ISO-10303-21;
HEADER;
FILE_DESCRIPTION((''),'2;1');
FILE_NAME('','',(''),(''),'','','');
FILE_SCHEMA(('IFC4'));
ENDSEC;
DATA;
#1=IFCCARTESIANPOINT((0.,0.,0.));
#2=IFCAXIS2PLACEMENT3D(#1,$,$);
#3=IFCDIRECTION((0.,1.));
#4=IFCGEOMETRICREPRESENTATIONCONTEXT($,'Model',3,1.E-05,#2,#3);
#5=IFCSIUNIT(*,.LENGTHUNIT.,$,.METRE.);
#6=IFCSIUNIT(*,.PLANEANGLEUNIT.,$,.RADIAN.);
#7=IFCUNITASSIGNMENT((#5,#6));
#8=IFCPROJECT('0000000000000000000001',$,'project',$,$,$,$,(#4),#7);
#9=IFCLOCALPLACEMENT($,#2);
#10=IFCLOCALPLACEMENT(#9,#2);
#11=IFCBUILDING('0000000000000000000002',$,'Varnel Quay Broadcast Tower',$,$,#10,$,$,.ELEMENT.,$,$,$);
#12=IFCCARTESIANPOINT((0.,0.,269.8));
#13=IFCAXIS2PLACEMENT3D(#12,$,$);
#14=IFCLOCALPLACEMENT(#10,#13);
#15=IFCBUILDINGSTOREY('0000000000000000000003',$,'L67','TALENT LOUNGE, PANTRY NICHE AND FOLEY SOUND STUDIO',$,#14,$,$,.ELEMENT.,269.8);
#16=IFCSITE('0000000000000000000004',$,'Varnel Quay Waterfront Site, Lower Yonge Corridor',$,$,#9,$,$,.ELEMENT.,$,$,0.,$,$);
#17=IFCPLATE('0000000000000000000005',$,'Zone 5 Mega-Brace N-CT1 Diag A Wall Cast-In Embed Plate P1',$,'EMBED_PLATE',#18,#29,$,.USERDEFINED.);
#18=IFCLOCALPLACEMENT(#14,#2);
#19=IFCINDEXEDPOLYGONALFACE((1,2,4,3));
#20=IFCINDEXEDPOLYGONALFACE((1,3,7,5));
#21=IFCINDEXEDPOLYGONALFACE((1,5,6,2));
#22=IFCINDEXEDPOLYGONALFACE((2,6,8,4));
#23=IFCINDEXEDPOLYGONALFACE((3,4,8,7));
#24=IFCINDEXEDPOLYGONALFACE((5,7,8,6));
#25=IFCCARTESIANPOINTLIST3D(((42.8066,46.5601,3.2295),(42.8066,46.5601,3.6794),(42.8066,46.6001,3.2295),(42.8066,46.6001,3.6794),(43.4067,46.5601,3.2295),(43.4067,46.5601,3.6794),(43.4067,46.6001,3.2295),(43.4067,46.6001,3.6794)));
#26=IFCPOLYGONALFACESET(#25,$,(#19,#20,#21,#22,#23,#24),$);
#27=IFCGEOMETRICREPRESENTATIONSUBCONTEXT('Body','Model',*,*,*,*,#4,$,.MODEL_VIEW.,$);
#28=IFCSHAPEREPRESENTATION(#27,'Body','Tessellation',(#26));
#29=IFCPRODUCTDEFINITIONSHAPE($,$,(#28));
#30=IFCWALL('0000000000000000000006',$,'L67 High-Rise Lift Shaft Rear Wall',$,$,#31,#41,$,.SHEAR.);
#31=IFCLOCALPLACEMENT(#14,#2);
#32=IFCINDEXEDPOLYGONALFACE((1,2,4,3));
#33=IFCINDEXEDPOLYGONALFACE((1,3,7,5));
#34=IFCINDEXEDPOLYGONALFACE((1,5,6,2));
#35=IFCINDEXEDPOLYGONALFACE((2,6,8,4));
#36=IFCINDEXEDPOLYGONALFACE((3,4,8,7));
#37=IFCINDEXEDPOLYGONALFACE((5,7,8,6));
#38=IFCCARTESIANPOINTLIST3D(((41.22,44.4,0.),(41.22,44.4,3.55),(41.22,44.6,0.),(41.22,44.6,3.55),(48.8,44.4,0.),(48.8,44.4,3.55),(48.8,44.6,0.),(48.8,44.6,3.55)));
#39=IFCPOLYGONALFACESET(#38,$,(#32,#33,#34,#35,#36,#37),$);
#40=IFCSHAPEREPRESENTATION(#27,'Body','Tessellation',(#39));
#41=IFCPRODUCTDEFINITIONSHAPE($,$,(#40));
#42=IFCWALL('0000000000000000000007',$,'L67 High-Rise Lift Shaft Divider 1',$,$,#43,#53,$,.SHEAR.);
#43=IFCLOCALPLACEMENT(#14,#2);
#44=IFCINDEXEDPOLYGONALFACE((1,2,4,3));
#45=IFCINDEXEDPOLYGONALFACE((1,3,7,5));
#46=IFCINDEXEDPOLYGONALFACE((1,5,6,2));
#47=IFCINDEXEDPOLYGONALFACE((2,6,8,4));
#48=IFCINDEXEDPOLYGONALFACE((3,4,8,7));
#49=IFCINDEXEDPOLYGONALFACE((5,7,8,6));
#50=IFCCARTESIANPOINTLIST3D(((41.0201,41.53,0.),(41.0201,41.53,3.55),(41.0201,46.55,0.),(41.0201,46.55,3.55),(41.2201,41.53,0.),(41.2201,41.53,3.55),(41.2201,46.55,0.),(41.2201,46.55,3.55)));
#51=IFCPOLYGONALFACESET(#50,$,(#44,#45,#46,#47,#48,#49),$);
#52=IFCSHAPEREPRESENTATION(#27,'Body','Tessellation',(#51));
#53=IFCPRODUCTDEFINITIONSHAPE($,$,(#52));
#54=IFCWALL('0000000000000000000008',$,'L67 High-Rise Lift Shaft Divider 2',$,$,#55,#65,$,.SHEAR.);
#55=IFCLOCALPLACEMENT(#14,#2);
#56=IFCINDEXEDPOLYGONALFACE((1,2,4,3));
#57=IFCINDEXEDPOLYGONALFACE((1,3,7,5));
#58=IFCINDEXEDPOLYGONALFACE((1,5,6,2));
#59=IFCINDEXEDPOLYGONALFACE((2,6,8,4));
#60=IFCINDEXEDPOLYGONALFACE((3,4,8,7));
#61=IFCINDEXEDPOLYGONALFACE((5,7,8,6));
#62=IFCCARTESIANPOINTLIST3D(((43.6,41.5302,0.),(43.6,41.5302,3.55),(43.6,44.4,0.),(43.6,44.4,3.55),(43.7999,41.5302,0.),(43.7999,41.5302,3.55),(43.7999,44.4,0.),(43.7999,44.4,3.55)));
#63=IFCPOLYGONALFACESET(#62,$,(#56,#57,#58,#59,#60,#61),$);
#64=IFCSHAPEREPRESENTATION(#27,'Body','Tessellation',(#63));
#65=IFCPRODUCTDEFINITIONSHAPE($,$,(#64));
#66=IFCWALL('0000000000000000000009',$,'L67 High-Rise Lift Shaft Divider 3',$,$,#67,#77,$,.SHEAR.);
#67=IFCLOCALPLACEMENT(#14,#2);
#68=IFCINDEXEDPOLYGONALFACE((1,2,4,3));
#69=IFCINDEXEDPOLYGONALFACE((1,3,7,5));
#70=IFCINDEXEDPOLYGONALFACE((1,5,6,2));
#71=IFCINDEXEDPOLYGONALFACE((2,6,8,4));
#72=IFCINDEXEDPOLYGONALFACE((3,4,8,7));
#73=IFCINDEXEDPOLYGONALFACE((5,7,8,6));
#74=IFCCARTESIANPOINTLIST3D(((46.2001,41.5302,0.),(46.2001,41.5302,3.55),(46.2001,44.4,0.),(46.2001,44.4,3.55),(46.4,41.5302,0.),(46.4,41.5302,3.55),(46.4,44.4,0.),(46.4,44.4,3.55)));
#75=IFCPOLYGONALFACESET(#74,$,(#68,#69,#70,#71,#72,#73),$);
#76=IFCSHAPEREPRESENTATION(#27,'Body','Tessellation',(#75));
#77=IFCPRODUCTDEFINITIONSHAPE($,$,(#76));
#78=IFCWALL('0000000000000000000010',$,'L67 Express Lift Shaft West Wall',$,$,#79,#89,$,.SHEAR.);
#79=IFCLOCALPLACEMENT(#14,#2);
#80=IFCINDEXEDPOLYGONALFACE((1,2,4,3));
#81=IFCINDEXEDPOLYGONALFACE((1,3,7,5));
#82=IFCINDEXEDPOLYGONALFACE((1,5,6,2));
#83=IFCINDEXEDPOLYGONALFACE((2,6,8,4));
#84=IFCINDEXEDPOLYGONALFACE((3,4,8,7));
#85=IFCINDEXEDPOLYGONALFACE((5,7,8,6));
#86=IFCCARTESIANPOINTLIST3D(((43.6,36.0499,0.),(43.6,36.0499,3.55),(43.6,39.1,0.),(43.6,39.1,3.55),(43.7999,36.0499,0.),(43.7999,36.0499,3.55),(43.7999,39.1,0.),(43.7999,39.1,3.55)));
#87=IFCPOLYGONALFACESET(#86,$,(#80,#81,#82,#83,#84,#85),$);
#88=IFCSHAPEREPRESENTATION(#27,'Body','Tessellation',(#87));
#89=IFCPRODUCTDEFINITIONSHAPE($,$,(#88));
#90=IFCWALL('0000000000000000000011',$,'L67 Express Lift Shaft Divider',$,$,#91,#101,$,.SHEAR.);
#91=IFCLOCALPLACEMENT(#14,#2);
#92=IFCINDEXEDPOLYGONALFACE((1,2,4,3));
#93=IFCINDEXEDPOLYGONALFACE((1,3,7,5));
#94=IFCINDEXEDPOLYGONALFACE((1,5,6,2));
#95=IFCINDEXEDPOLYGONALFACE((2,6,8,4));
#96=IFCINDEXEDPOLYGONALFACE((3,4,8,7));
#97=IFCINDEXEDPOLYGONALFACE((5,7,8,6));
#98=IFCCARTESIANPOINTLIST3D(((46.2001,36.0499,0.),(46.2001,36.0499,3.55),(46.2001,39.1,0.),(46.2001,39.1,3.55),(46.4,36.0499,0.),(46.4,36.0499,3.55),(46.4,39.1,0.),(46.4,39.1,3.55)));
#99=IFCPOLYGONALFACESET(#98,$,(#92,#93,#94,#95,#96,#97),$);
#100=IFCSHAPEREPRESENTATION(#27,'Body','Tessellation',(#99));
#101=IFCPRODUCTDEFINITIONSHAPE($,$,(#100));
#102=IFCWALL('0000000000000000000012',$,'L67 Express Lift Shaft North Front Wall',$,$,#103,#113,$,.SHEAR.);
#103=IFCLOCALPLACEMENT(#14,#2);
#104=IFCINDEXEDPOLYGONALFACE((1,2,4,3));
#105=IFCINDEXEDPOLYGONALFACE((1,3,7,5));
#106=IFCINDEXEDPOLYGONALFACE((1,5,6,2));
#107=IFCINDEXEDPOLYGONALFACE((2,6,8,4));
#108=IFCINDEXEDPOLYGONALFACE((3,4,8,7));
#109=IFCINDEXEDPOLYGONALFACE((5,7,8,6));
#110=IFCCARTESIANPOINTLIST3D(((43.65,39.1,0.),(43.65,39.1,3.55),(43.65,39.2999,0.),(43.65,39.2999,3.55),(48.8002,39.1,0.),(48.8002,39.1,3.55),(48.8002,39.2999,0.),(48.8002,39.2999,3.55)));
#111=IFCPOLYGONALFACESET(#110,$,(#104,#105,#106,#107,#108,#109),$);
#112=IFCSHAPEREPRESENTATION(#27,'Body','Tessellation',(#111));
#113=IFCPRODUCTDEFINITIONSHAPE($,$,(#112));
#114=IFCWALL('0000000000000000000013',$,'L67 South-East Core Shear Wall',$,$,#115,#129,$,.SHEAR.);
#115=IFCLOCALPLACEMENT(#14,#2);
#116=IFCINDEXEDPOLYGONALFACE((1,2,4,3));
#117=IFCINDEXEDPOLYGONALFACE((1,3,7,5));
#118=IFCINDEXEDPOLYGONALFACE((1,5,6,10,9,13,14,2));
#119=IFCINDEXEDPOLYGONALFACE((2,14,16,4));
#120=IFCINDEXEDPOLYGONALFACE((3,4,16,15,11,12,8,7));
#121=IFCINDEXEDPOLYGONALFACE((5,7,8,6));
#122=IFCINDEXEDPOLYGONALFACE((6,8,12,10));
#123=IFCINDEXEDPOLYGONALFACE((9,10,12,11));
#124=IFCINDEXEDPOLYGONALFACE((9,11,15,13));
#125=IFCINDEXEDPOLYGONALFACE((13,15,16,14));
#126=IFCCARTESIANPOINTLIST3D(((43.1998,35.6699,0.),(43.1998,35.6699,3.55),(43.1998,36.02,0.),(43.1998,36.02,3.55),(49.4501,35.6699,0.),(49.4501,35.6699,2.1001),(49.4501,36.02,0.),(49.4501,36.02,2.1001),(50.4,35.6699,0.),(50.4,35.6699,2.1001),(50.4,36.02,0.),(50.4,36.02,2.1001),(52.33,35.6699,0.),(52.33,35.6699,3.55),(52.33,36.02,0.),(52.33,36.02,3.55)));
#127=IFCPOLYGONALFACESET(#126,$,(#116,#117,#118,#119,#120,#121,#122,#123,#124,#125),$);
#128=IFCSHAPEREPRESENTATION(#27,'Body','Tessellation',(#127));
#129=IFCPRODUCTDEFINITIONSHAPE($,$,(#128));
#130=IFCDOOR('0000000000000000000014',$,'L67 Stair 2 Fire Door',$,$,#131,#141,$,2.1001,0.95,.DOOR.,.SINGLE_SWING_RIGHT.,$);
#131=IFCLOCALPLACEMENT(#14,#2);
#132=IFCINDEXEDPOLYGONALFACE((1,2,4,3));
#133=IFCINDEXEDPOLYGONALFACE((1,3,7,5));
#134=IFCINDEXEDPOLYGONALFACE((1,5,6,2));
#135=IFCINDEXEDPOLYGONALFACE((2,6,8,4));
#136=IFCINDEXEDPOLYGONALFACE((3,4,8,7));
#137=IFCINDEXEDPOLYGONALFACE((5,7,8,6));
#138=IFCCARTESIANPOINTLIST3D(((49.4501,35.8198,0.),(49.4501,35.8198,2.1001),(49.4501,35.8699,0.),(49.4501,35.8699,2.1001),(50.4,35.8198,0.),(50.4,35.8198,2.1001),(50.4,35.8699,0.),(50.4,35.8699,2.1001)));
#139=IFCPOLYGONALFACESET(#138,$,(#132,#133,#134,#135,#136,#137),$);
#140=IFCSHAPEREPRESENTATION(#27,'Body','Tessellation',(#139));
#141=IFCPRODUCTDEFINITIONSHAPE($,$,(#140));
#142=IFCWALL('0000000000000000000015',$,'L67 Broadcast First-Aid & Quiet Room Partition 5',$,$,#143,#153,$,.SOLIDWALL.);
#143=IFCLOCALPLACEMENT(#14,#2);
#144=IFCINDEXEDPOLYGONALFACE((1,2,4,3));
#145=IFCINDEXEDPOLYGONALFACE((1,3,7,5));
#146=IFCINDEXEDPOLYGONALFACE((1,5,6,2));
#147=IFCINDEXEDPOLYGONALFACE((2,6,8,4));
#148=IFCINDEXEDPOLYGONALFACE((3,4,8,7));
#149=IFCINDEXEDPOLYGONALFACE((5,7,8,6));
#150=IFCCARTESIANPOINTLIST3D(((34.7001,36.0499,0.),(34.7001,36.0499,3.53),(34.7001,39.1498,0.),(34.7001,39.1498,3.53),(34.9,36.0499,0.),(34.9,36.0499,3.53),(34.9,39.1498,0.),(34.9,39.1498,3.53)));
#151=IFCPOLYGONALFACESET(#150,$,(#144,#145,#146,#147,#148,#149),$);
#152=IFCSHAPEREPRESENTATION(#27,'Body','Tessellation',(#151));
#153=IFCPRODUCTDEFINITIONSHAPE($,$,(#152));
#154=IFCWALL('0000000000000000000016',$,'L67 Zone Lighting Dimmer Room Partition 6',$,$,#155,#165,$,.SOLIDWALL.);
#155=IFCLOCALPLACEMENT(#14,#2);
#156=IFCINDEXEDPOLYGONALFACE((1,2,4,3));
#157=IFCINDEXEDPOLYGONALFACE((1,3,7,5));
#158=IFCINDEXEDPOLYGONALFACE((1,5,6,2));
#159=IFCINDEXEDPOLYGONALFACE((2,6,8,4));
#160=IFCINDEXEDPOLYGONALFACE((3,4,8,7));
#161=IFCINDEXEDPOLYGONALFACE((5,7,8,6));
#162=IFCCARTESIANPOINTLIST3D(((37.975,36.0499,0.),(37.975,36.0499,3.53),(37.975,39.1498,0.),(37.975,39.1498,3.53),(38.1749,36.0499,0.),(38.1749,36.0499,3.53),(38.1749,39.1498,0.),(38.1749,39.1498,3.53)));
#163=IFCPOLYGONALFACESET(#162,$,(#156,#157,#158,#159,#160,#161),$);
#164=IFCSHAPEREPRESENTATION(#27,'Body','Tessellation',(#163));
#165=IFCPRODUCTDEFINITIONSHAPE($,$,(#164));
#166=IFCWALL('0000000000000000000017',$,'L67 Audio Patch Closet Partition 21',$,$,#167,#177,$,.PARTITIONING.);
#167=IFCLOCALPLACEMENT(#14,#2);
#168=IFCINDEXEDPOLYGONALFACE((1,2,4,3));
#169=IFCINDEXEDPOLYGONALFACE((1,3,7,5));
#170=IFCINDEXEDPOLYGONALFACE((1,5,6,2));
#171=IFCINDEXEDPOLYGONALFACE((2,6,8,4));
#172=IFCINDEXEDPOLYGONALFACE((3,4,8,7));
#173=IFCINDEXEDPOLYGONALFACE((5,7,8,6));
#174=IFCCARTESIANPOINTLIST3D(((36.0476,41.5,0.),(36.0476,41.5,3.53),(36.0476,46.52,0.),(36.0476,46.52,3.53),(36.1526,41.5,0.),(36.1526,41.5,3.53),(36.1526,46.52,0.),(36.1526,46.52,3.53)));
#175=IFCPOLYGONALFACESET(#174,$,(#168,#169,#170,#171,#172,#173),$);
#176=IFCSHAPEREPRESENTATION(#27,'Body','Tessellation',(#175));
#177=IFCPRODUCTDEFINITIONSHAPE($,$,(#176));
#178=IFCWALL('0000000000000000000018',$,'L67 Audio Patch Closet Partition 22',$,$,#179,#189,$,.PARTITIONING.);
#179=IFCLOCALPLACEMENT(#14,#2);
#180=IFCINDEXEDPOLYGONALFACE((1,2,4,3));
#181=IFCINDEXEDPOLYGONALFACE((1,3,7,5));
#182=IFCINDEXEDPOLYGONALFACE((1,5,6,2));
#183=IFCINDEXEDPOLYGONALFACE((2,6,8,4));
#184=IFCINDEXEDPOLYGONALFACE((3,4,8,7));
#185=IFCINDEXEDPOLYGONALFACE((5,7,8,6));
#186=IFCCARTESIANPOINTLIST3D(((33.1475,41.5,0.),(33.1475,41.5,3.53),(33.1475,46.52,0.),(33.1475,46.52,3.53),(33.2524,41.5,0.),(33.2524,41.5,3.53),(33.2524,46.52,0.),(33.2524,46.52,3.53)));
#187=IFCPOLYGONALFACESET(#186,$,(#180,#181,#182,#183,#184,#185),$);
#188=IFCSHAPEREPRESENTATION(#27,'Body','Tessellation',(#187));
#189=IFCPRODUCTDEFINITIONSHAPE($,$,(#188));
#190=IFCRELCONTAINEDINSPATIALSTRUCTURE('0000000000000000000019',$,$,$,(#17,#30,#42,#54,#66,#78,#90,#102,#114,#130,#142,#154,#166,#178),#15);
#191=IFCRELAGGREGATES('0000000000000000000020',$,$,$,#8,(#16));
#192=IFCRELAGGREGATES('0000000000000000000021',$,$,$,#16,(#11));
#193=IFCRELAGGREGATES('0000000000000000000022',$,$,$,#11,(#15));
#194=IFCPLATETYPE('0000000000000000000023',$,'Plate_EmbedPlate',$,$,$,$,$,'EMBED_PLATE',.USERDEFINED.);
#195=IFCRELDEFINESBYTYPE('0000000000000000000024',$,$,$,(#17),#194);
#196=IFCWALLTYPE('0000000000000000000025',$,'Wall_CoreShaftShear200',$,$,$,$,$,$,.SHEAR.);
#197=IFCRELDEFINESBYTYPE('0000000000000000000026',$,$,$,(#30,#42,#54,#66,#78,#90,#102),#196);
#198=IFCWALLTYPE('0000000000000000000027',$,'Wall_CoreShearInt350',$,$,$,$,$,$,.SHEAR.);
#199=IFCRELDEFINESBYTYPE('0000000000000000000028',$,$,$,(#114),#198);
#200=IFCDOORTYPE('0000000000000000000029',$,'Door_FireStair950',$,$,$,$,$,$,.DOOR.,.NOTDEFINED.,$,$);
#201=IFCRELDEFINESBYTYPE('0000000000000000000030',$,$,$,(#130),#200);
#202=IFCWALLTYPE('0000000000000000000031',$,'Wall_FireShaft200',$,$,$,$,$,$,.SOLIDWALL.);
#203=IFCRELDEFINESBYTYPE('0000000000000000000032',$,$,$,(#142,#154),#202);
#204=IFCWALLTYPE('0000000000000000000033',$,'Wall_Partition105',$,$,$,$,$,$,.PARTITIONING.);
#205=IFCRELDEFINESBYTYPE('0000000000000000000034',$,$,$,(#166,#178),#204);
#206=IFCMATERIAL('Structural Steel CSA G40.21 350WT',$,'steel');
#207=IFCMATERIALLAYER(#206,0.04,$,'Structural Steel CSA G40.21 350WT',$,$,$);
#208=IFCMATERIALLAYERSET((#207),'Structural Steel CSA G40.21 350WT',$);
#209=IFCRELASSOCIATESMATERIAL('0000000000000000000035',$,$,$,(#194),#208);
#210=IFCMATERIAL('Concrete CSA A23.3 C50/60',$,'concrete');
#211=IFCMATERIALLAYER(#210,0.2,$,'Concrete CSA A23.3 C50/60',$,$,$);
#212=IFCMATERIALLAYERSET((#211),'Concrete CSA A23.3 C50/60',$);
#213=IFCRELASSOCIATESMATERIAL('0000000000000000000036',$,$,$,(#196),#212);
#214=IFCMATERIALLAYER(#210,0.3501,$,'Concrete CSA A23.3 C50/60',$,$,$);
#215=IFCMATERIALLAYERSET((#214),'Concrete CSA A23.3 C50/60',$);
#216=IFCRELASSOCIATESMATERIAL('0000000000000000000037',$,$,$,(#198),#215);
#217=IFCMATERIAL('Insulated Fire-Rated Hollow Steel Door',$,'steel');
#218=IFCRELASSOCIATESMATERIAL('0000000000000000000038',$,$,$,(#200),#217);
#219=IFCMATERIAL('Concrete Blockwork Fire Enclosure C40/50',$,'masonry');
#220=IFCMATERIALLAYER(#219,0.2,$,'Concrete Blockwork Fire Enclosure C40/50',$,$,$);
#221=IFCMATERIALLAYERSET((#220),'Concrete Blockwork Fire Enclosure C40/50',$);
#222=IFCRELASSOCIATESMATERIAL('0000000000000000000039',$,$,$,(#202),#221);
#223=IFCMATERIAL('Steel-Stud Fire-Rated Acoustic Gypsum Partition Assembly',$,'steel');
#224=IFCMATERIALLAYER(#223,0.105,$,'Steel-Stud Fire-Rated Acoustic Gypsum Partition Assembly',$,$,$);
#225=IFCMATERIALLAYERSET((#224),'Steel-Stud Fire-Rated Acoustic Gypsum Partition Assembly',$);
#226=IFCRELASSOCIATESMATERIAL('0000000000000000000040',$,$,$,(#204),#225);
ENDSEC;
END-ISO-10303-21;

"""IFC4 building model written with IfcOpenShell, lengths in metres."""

from ifc_helpers import new_model, si_unit, direction, frame, frame_2d, origin, origin_2d, place, context, subcontext, project, spatial, rectangle, extrude, source, transform, mapped, material, layer, layer_set, type_object, type_shapes, element, fill, save


model = new_model("IFC4")

# Units and contexts
model_context = context("Model", 3, precision=1e-05, world=origin(), true_north=direction((0.0, 1.0)))
body_context = subcontext(model_context, "Body", "Model", "MODEL_VIEW")
ifc_project = project(units=[si_unit("LENGTHUNIT", "METRE"), si_unit("PLANEANGLEUNIT", "RADIAN")], contexts=[model_context])

# Site, building, storey
site_placement = place(None, origin())
site = spatial("IfcSite", under=ifc_project, at=site_placement, Name="Varnel Quay Waterfront Site, Lower Yonge Corridor", CompositionType="ELEMENT", RefElevation=0.0)
building_placement = place(site_placement, origin())
building = spatial("IfcBuilding", under=site, at=building_placement, Name="Varnel Quay Broadcast Tower", CompositionType="ELEMENT")
storey_placement = place(building_placement, frame((0.0, 0.0, 269.8)))
storey = spatial("IfcBuildingStorey", under=building, at=storey_placement, Name="L67", Description="TALENT LOUNGE, PANTRY NICHE AND FOLEY SOUND STUDIO", CompositionType="ELEMENT", Elevation=269.8)

# Shared definitions
ifc_material_1 = material(Name="Structural Steel CSA G40.21 350WT", Category="steel")

# Shared definitions
ifc_material_2 = material(Name="Concrete CSA A23.3 C50/60", Category="concrete")

# Plate
ifc_layer_1 = layer(ifc_material_1, 0.04, Name="Structural Steel CSA G40.21 350WT")
ifc_layer_set_1 = layer_set([ifc_layer_1], Name="Structural Steel CSA G40.21 350WT")
plate_type = type_object("IfcPlateType", Name="Plate_EmbedPlate", ElementType="EMBED_PLATE", PredefinedType="USERDEFINED", material=ifc_layer_set_1)
shared_shape_1 = source(origin(), body_context, "Body", "SweptSolid", [
    extrude(rectangle(XDim=0.6001, YDim=0.04, at=origin_2d()), origin(), (0.0, 0.0, 1.0), 0.45),
])
type_shapes(plate_type, [shared_shape_1])
plate_placement = place(storey_placement, frame((43.1067, 46.5801, 3.2295), z_axis=(0.0, 0.0, 1.0), x_axis=(1.0, 0.0, 0.0)))
element("IfcPlate", 1, at=plate_placement, inside=storey, type_object=plate_type, Name="Zone 5 Mega-Brace N-CT1 Diag A Wall Cast-In Embed Plate P1", ObjectType="EMBED_PLATE", PredefinedType="USERDEFINED", context=body_context, shape_type="MappedRepresentation", body=[
    mapped(shared_shape_1, transform((0.0, 0.0, 0.0), x_axis=(1.0, 0.0, 0.0), y_axis=(0.0, 1.0, 0.0), z_axis=(0.0, 0.0, 1.0), scale=1.0)),
])

# Walls
ifc_layer_2 = layer(ifc_material_2, 0.2, Name="Concrete CSA A23.3 C50/60")
ifc_layer_set_2 = layer_set([ifc_layer_2], Name="Concrete CSA A23.3 C50/60")
wall_type_1 = type_object("IfcWallType", Name="Wall_CoreShaftShear200", PredefinedType="SHEAR", material=ifc_layer_set_2)
wall_1_placement = place(storey_placement, frame((41.22, 44.5, 0.0), z_axis=(0.0, 0.0, 1.0), x_axis=(1.0, 0.0, 0.0)))
element("IfcWall", 2, at=wall_1_placement, inside=storey, type_object=wall_type_1, Name="L67 High-Rise Lift Shaft Rear Wall", PredefinedType="SHEAR", context=body_context, shape_type="SweptSolid", body=[
    extrude(rectangle(XDim=7.5801, YDim=0.2, at=frame_2d((3.79, 0.0))), origin(), (0.0, 0.0, 1.0), 3.55),
])
wall_2_placement = place(storey_placement, frame((41.1201, 41.53, 0.0), z_axis=(0.0, 0.0, 1.0), x_axis=(0.0, 1.0, 0.0)))
element("IfcWall", 3, at=wall_2_placement, inside=storey, type_object=wall_type_1, Name="L67 High-Rise Lift Shaft Divider 1", PredefinedType="SHEAR", context=body_context, shape_type="SweptSolid", body=[
    extrude(rectangle(XDim=5.02, YDim=0.2, at=frame_2d((2.51, 0.0))), origin(), (0.0, 0.0, 1.0), 3.55),
])
for number, where, z_axis, x_axis, name in (
    (4, (43.7, 41.53, 0.0), (0.0, 0.0, 1.0), (0.0, 1.0, 0.0), "L67 High-Rise Lift Shaft Divider 2"),
    (5, (46.3, 41.53, 0.0), (0.0, 0.0, 1.0), (0.0, 1.0, 0.0), "L67 High-Rise Lift Shaft Divider 3"),
):
    element("IfcWall", number, at=place(storey_placement, frame(where, z_axis=z_axis, x_axis=x_axis)), inside=storey, type_object=wall_type_1, Name=name, PredefinedType="SHEAR", context=body_context, shape_type="SweptSolid", body=[
        extrude(rectangle(XDim=2.8699, YDim=0.2, at=frame_2d((1.4351, 0.0))), origin(), (0.0, 0.0, 1.0), 3.55),
    ])
for number, where, z_axis, x_axis, name in (
    (6, (43.7, 36.05, 0.0), (0.0, 0.0, 1.0), (0.0, 1.0, 0.0), "L67 Express Lift Shaft West Wall"),
    (7, (46.3, 36.05, 0.0), (0.0, 0.0, 1.0), (0.0, 1.0, 0.0), "L67 Express Lift Shaft Divider"),
):
    element("IfcWall", number, at=place(storey_placement, frame(where, z_axis=z_axis, x_axis=x_axis)), inside=storey, type_object=wall_type_1, Name=name, PredefinedType="SHEAR", context=body_context, shape_type="SweptSolid", body=[
        extrude(rectangle(XDim=3.05, YDim=0.2, at=frame_2d((1.5249, 0.0))), origin(), (0.0, 0.0, 1.0), 3.55),
    ])
wall_3_placement = place(storey_placement, frame((43.6499, 39.2, 0.0), z_axis=(0.0, 0.0, 1.0), x_axis=(1.0, 0.0, 0.0)))
element("IfcWall", 8, at=wall_3_placement, inside=storey, type_object=wall_type_1, Name="L67 Express Lift Shaft North Front Wall", PredefinedType="SHEAR", context=body_context, shape_type="SweptSolid", body=[
    extrude(rectangle(XDim=5.1501, YDim=0.2, at=frame_2d((2.5752, 0.0))), origin(), (0.0, 0.0, 1.0), 3.55),
])

# Wall, opening, door
ifc_layer_3 = layer(ifc_material_2, 0.3501, Name="Concrete CSA A23.3 C50/60")
ifc_layer_set_3 = layer_set([ifc_layer_3], Name="Concrete CSA A23.3 C50/60")
wall_type_2 = type_object("IfcWallType", Name="Wall_CoreShearInt350", PredefinedType="SHEAR", material=ifc_layer_set_3)
wall_4_placement = place(storey_placement, frame((43.2, 35.845, 0.0), z_axis=(0.0, 0.0, 1.0), x_axis=(1.0, 0.0, 0.0)))
wall_4 = element("IfcWall", 9, at=wall_4_placement, inside=storey, type_object=wall_type_2, Name="L67 South-East Core Shear Wall", PredefinedType="SHEAR", context=body_context, shape_type="SweptSolid", body=[
    extrude(rectangle(XDim=9.1301, YDim=0.3501, at=frame_2d((4.5649, 0.0))), origin(), (0.0, 0.0, 1.0), 3.55),
])
opening_placement = place(wall_4_placement, frame((6.25, 0.0, 0.0)))
opening = element("IfcOpeningElement", 10, at=opening_placement, cuts=wall_4, PredefinedType="OPENING", context=body_context, shape_type="SweptSolid", body=[
    extrude(rectangle(XDim=0.95, YDim=2.1001, at=frame_2d((0.4751, 1.05))), frame((0.0, 0.1851, 0.0), z_axis=(0.0, -1.0, 0.0), x_axis=(1.0, 0.0, 0.0)), (0.0, 0.0, 1.0), 0.3701),
])
ifc_material_3 = material(Name="Insulated Fire-Rated Hollow Steel Door", Category="steel")
door_type = type_object("IfcDoorType", Name="Door_FireStair950", OperationType="NOTDEFINED", PredefinedType="DOOR", material=ifc_material_3)
shared_shape_2 = source(origin(), body_context, "Body", "SweptSolid", [
    extrude(rectangle(XDim=0.95, YDim=2.1001, at=frame_2d((0.4751, 1.05))), frame((0.0, 0.0249, 0.0), z_axis=(0.0, -1.0, 0.0), x_axis=(1.0, 0.0, 0.0)), (0.0, 0.0, 1.0), 0.05),
])
type_shapes(door_type, [shared_shape_2])
door_placement = place(opening_placement, origin())
door = element("IfcDoor", 11, at=door_placement, inside=storey, type_object=door_type, Name="L67 Stair 2 Fire Door", OperationType="SINGLE_SWING_RIGHT", OverallHeight=2.1001, OverallWidth=0.95, PredefinedType="DOOR", context=body_context, shape_type="MappedRepresentation", body=[
    mapped(shared_shape_2, transform((0.0, 0.0, 0.0), x_axis=(1.0, 0.0, 0.0), y_axis=(0.0, 1.0, 0.0), z_axis=(0.0, 0.0, 1.0), scale=1.0)),
])
fill(opening, door)

# Walls
ifc_material_4 = material(Name="Concrete Blockwork Fire Enclosure C40/50", Category="masonry")
ifc_layer_4 = layer(ifc_material_4, 0.2, Name="Concrete Blockwork Fire Enclosure C40/50")
ifc_layer_set_4 = layer_set([ifc_layer_4], Name="Concrete Blockwork Fire Enclosure C40/50")
wall_type_3 = type_object("IfcWallType", Name="Wall_FireShaft200", PredefinedType="SOLIDWALL", material=ifc_layer_set_4)
for number, where, z_axis, x_axis, name in (
    (12, (34.8, 36.05, 0.0), (0.0, 0.0, 1.0), (0.0, 1.0, 0.0), "L67 Broadcast First-Aid & Quiet Room Partition 5"),
    (13, (38.075, 36.05, 0.0), (0.0, 0.0, 1.0), (0.0, 1.0, 0.0), "L67 Zone Lighting Dimmer Room Partition 6"),
):
    element("IfcWall", number, at=place(storey_placement, frame(where, z_axis=z_axis, x_axis=x_axis)), inside=storey, type_object=wall_type_3, Name=name, PredefinedType="SOLIDWALL", context=body_context, shape_type="SweptSolid", body=[
        extrude(rectangle(XDim=3.0999, YDim=0.2, at=frame_2d((1.5498, 0.0))), origin(), (0.0, 0.0, 1.0), 3.53),
    ])
ifc_material_5 = material(Name="Steel-Stud Fire-Rated Acoustic Gypsum Partition Assembly", Category="steel")
ifc_layer_5 = layer(ifc_material_5, 0.105, Name="Steel-Stud Fire-Rated Acoustic Gypsum Partition Assembly")
ifc_layer_set_5 = layer_set([ifc_layer_5], Name="Steel-Stud Fire-Rated Acoustic Gypsum Partition Assembly")
wall_type_4 = type_object("IfcWallType", Name="Wall_Partition105", PredefinedType="PARTITIONING", material=ifc_layer_set_5)
for number, where, z_axis, x_axis, name in (
    (14, (36.1001, 41.5, 0.0), (0.0, 0.0, 1.0), (0.0, 1.0, 0.0), "L67 Audio Patch Closet Partition 21"),
    (15, (33.2, 41.5, 0.0), (0.0, 0.0, 1.0), (0.0, 1.0, 0.0), "L67 Audio Patch Closet Partition 22"),
):
    element("IfcWall", number, at=place(storey_placement, frame(where, z_axis=z_axis, x_axis=x_axis)), inside=storey, type_object=wall_type_4, Name=name, PredefinedType="PARTITIONING", context=body_context, shape_type="SweptSolid", body=[
        extrude(rectangle(XDim=5.02, YDim=0.105, at=frame_2d((2.51, 0.0))), origin(), (0.0, 0.0, 1.0), 3.53),
    ])

save(model, "model.ifc")
